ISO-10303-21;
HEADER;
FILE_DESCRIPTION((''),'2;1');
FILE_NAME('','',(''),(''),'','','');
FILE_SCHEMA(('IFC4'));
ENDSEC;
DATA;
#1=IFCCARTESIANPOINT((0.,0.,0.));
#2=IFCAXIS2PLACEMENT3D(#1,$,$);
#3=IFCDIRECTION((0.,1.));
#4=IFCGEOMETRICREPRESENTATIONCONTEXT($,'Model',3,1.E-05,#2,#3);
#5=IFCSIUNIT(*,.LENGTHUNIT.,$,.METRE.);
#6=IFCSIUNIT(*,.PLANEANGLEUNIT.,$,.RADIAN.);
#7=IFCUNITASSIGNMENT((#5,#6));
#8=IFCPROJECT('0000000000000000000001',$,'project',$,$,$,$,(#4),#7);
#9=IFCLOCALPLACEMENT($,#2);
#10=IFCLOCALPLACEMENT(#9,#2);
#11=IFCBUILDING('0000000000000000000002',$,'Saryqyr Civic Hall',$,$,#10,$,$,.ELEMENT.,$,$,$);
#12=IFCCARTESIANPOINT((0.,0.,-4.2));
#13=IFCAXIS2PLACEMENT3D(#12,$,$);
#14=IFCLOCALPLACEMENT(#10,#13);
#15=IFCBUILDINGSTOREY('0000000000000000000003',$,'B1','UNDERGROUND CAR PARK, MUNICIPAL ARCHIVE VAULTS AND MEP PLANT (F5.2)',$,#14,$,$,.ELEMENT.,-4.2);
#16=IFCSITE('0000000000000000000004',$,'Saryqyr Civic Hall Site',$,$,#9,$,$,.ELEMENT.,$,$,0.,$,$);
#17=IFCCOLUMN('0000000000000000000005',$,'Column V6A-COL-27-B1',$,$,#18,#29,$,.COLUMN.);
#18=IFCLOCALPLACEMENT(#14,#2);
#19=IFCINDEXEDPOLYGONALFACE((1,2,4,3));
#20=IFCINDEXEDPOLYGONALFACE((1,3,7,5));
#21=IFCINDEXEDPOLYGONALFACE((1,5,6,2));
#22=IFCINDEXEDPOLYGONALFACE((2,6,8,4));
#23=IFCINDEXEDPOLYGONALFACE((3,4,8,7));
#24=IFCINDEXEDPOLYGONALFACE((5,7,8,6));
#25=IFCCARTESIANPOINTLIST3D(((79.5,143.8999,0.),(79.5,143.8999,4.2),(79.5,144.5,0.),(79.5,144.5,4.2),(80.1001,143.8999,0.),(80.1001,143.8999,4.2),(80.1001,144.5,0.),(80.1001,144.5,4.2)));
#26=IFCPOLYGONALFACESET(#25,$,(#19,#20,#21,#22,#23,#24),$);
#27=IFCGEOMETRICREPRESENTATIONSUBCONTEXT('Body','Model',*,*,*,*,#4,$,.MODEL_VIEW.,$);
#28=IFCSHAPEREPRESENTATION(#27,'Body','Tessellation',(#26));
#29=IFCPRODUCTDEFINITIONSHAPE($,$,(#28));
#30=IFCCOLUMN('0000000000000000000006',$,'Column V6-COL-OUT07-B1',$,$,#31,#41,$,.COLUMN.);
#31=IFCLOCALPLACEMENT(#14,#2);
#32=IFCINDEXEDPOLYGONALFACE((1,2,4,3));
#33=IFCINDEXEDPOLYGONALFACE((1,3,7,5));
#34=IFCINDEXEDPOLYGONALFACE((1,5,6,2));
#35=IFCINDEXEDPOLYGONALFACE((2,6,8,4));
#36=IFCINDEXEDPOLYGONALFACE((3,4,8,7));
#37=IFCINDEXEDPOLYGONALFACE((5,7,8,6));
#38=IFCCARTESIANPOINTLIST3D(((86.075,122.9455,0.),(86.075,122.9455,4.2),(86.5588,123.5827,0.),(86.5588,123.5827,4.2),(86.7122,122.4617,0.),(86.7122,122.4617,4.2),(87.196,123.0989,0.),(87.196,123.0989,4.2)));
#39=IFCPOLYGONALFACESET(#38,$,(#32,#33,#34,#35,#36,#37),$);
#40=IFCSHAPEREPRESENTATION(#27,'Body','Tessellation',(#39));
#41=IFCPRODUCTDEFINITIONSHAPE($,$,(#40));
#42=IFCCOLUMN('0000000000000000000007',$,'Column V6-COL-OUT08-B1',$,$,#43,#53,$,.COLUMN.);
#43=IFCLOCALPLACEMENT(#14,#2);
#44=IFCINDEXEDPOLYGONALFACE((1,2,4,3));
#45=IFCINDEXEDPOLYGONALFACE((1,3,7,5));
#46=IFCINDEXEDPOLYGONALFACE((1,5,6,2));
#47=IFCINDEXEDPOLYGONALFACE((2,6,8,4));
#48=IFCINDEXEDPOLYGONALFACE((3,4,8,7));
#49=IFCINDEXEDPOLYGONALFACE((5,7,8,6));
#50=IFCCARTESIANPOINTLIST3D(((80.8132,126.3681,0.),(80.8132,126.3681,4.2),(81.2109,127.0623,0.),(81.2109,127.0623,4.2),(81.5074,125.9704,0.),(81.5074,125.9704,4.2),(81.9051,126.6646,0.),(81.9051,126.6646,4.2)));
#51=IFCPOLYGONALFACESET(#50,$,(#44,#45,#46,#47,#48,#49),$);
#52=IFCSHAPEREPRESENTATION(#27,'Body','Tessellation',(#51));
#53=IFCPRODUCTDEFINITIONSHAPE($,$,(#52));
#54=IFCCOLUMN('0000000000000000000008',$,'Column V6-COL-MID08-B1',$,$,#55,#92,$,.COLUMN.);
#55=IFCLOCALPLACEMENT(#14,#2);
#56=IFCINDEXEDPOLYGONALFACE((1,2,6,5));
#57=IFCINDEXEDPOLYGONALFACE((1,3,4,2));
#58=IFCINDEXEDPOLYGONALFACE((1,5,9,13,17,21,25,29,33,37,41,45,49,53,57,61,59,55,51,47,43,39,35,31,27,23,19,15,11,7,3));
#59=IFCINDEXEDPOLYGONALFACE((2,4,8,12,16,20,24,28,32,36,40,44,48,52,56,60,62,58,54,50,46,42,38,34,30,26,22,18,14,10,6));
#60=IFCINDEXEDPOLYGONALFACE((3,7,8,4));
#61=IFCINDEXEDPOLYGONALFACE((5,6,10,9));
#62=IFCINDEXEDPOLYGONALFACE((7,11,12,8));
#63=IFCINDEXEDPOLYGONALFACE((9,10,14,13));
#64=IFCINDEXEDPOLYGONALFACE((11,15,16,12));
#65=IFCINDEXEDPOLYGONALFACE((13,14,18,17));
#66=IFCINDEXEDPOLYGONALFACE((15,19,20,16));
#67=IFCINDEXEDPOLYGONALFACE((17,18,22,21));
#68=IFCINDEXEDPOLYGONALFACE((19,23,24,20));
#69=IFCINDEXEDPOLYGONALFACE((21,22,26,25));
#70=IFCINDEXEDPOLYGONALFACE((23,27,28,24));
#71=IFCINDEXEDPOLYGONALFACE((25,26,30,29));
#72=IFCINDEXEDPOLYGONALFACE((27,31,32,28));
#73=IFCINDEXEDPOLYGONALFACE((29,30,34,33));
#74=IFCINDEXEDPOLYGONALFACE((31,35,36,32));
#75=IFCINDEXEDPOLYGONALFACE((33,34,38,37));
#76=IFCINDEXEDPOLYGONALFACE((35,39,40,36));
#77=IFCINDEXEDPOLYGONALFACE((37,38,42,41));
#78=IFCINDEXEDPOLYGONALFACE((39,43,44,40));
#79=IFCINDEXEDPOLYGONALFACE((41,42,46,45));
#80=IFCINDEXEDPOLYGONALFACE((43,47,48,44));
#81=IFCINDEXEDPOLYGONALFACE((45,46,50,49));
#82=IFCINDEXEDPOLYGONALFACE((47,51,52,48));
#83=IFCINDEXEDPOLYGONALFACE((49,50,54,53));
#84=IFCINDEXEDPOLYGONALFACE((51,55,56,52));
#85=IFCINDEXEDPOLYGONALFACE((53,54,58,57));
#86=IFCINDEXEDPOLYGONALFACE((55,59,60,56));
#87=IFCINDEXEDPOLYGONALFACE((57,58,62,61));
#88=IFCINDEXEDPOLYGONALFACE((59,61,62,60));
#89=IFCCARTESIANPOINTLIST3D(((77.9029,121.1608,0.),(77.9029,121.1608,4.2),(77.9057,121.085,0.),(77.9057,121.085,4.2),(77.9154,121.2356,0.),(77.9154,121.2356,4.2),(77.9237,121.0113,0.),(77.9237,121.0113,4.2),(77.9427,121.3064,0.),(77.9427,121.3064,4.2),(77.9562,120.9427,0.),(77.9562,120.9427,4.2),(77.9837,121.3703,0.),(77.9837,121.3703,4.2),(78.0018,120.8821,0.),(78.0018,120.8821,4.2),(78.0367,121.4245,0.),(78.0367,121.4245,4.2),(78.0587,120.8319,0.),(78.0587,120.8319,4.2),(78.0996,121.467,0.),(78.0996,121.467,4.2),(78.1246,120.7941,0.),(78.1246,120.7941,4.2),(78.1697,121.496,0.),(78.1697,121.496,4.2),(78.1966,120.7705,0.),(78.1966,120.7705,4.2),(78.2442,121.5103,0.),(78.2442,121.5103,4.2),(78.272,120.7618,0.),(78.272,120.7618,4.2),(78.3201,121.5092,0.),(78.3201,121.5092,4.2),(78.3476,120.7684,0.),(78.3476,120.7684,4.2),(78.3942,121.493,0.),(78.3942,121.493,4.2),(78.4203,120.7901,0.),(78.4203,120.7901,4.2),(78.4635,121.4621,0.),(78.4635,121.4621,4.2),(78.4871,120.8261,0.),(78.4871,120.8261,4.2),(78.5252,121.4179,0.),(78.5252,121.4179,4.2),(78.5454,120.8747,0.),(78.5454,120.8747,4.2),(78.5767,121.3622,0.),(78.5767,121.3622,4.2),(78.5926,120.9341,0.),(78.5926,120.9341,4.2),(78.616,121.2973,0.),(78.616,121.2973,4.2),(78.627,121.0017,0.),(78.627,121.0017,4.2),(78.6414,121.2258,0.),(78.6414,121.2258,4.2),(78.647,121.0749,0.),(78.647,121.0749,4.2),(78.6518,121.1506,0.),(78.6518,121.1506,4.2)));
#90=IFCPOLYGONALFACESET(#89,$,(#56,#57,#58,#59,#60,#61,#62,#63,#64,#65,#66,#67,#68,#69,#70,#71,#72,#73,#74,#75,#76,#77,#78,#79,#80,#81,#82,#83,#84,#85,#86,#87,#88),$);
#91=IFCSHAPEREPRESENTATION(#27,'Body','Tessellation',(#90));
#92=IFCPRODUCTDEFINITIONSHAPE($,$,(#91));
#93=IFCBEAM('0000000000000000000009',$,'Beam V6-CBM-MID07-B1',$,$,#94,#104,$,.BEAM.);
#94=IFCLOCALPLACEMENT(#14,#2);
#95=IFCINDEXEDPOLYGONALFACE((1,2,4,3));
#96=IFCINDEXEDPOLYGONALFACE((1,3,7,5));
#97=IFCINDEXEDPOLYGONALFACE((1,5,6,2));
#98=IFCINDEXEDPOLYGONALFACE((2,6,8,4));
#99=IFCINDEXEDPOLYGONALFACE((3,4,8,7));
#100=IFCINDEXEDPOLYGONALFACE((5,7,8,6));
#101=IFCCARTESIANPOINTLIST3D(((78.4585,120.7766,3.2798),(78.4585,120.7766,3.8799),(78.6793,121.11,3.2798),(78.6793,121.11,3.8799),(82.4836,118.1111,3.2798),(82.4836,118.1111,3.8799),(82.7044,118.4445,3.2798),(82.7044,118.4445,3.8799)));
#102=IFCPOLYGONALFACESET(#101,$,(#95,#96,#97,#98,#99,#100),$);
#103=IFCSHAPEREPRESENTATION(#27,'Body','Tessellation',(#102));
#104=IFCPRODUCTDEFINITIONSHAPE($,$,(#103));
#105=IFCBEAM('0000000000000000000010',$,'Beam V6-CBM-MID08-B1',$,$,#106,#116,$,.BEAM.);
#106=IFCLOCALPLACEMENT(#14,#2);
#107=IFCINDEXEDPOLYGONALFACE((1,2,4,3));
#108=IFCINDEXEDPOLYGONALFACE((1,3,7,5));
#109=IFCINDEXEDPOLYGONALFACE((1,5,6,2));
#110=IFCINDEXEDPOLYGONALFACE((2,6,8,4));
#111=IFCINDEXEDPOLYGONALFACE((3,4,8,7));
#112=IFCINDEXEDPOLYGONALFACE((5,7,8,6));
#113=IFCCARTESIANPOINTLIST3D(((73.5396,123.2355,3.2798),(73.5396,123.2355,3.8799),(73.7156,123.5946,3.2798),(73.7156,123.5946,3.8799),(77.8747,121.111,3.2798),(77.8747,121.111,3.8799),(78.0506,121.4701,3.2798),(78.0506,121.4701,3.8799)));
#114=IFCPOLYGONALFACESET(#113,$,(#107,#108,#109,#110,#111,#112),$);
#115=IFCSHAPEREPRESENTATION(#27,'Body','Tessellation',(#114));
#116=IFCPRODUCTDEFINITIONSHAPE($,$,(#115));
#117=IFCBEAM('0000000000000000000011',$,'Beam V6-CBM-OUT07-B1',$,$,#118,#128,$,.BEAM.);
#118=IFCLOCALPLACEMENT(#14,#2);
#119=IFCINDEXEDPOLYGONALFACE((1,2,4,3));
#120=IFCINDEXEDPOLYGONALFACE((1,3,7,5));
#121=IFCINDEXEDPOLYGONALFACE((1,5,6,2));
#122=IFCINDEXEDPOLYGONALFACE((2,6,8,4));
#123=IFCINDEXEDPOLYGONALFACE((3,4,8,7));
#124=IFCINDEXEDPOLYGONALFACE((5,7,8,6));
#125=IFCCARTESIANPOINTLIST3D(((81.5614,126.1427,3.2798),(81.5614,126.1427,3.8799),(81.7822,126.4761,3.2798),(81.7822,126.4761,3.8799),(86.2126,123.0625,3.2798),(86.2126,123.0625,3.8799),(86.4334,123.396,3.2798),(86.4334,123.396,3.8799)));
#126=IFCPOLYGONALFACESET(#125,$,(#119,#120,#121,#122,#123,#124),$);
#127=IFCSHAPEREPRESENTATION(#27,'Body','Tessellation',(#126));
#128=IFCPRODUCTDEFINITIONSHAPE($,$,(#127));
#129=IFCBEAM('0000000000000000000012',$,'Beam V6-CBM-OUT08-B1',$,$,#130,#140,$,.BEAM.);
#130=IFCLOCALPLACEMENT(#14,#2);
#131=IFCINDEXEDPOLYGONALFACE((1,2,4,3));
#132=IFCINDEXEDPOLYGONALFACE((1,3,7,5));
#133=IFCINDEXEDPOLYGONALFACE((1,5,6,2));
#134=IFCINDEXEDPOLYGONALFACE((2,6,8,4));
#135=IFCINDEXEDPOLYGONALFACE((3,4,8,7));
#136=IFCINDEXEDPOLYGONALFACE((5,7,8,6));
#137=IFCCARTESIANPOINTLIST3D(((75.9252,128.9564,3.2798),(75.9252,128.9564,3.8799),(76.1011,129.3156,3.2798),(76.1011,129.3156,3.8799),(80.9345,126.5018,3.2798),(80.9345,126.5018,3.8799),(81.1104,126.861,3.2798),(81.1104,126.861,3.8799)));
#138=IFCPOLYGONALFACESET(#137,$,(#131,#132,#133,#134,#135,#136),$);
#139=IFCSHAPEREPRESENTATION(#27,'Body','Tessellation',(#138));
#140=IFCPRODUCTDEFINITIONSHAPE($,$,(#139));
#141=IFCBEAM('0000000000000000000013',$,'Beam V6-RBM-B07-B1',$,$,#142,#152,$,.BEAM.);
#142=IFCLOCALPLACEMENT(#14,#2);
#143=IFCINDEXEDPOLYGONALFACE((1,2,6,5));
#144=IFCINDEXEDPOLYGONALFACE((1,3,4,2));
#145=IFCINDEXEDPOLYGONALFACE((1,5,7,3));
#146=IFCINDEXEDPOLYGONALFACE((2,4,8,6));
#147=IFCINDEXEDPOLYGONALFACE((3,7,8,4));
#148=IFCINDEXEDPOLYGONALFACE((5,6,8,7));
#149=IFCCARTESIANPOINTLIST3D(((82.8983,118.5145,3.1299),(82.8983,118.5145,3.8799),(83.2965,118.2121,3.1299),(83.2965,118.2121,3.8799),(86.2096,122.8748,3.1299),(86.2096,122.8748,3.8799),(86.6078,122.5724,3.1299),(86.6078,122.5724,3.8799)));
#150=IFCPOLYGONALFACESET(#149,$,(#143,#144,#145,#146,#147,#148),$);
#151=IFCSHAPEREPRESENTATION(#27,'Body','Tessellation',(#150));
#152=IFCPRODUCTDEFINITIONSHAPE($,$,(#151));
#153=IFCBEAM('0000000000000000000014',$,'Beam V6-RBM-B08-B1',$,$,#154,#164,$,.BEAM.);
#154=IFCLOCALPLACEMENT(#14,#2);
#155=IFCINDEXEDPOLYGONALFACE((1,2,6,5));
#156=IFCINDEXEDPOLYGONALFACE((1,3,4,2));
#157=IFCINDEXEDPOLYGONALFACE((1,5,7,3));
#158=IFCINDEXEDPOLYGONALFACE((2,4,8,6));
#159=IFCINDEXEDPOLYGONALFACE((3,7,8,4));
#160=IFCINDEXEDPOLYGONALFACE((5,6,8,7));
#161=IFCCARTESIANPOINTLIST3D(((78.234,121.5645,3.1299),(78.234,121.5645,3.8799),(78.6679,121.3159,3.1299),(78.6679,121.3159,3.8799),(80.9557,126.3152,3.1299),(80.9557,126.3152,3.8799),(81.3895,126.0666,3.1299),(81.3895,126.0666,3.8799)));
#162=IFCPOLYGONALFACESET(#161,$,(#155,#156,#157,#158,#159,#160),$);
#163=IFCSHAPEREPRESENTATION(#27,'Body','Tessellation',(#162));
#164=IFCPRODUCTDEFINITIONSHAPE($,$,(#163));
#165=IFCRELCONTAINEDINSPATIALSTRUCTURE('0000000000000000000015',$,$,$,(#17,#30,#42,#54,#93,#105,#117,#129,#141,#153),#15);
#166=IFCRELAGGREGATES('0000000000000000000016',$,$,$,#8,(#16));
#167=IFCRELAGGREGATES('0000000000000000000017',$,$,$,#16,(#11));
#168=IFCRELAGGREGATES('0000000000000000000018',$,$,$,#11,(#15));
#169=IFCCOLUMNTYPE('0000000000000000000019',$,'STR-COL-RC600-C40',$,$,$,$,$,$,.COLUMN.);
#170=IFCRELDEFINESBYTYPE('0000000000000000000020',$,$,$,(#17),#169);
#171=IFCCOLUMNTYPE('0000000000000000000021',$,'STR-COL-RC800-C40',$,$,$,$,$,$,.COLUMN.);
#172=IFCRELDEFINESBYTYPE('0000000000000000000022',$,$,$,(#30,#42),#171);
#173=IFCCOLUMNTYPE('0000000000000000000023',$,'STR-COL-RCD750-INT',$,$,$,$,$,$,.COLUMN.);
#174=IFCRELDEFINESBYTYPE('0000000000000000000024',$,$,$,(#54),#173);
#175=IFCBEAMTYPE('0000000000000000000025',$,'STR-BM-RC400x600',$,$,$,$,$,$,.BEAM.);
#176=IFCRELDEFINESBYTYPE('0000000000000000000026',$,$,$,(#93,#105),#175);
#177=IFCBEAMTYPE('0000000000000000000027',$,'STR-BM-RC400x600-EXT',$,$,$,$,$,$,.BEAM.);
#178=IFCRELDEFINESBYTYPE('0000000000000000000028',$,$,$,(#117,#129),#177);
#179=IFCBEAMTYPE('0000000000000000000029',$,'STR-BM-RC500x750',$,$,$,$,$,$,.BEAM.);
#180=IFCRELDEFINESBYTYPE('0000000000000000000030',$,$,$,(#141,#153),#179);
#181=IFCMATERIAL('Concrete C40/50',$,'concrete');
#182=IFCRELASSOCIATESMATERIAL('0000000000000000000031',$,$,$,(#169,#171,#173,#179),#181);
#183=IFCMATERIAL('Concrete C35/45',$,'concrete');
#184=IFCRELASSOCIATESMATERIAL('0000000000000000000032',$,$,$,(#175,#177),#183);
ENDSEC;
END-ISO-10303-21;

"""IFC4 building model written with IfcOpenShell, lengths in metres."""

from ifc_helpers import new_model, si_unit, direction, frame, origin, origin_2d, place, context, subcontext, project, spatial, rectangle, circle, extrude, material, material_profile, profile_set, type_object, element, save


model = new_model("IFC4")

# Units and contexts
model_context = context("Model", 3, precision=1e-05, world=origin(), true_north=direction((0.0, 1.0)))
body_context = subcontext(model_context, "Body", "Model", "MODEL_VIEW")
ifc_project = project(units=[si_unit("LENGTHUNIT", "METRE"), si_unit("PLANEANGLEUNIT", "RADIAN")], contexts=[model_context])

# Site, building, storey
site_placement = place(None, origin())
site = spatial("IfcSite", under=ifc_project, at=site_placement, Name="Saryqyr Civic Hall Site", CompositionType="ELEMENT", RefElevation=0.0)
building_placement = place(site_placement, origin())
building = spatial("IfcBuilding", under=site, at=building_placement, Name="Saryqyr Civic Hall", CompositionType="ELEMENT")
storey_placement = place(building_placement, frame((0.0, 0.0, -4.2)))
storey = spatial("IfcBuildingStorey", under=building, at=storey_placement, Name="B1", Description="UNDERGROUND CAR PARK, MUNICIPAL ARCHIVE VAULTS AND MEP PLANT (F5.2)", CompositionType="ELEMENT", Elevation=-4.2)

# Shared definitions
ifc_material_1 = material(Name="Concrete C35/45", Category="concrete")

# Columns
ifc_material_2 = material(Name="Concrete C40/50", Category="concrete")
ifc_material_profile_1 = material_profile(ifc_material_2, rectangle(XDim=0.6001, YDim=0.6001, at=origin_2d()), Name="RC 600x600")
ifc_profile_set_1 = profile_set([ifc_material_profile_1], Name="Concrete C40/50")
column_type_1 = type_object("IfcColumnType", Name="STR-COL-RC600-C40", PredefinedType="COLUMN", material=ifc_profile_set_1)
for number, where, z_axis, x_axis, name in (
    (1, (79.8, 144.2, 0.0), (0.0, 0.0, 1.0), (1.0, 0.0, 0.0), "Column V6A-COL-27-B1"),
):
    element("IfcColumn", number, at=place(storey_placement, frame(where, z_axis=z_axis, x_axis=x_axis)), inside=storey, type_object=column_type_1, Name=name, PredefinedType="COLUMN", context=body_context, shape_type="SweptSolid", body=[
        extrude(rectangle(XDim=0.6001, YDim=0.6001, at=origin_2d()), origin(), (0.0, 0.0, 1.0), 4.2),
    ])
ifc_material_profile_2 = material_profile(ifc_material_2, rectangle(XDim=0.8, YDim=0.8, at=origin_2d()), Name="RC 800x800")
ifc_profile_set_2 = profile_set([ifc_material_profile_2], Name="Concrete C40/50")
column_type_2 = type_object("IfcColumnType", Name="STR-COL-RC800-C40", PredefinedType="COLUMN", material=ifc_profile_set_2)
for number, where, z_axis, x_axis, name in (
    (2, (86.6355, 123.0222, 0.0), (0.0, 0.0, 1.0), (0.604738, 0.796424, 0.0), "Column V6-COL-OUT07-B1"),
    (3, (81.3591, 126.5164, 0.0), (0.0, 0.0, 1.0), (0.497125, 0.867679, 0.0), "Column V6-COL-OUT08-B1"),
):
    element("IfcColumn", number, at=place(storey_placement, frame(where, z_axis=z_axis, x_axis=x_axis)), inside=storey, type_object=column_type_2, Name=name, PredefinedType="COLUMN", context=body_context, shape_type="SweptSolid", body=[
        extrude(rectangle(XDim=0.8, YDim=0.8, at=origin_2d()), origin(), (0.0, 0.0, 1.0), 4.2),
    ])
ifc_material_profile_3 = material_profile(ifc_material_2, circle(Radius=0.375, at=origin_2d()), Name="RC D750")
ifc_profile_set_3 = profile_set([ifc_material_profile_3], Name="Concrete C40/50")
column_type_3 = type_object("IfcColumnType", Name="STR-COL-RCD750-INT", PredefinedType="COLUMN", material=ifc_profile_set_3)
for number, where, z_axis, x_axis, name in (
    (4, (78.2771, 121.1367, 0.0), (0.0, 0.0, 1.0), (0.497125, 0.867679, 0.0), "Column V6-COL-MID08-B1"),
):
    element("IfcColumn", number, at=place(storey_placement, frame(where, z_axis=z_axis, x_axis=x_axis)), inside=storey, type_object=column_type_3, Name=name, PredefinedType="COLUMN", context=body_context, shape_type="SweptSolid", body=[
        extrude(circle(Radius=0.375, at=origin_2d()), origin(), (0.0, 0.0, 1.0), 4.2),
    ])

# Beams
ifc_material_profile_4 = material_profile(ifc_material_1, rectangle(XDim=0.3999, YDim=0.6001, at=origin_2d()), Name="RC 400x600")
ifc_profile_set_4 = profile_set([ifc_material_profile_4], Name="Concrete C35/45")
beam_type_1 = type_object("IfcBeamType", Name="STR-BM-RC400x600", PredefinedType="BEAM", material=ifc_profile_set_4)
for number, where, z_axis, x_axis, name in (
    (5, (82.594, 118.2778, 3.5798), (-0.833758, 0.55213, 0.0), (-0.55213, -0.833758, 0.0), "Beam V6-CBM-MID07-B1"),
    (6, (77.9626, 121.2905, 3.5798), (-0.897959, 0.440079, 0.0), (-0.440079, -0.897959, 0.0), "Beam V6-CBM-MID08-B1"),
):
    element("IfcBeam", number, at=place(storey_placement, frame(where, z_axis=z_axis, x_axis=x_axis)), inside=storey, type_object=beam_type_1, Name=name, PredefinedType="BEAM", context=body_context, shape_type="SweptSolid", body=[
        extrude(rectangle(XDim=0.3999, YDim=0.6001, at=origin_2d()), origin(), (0.0, 0.0, 1.0), 4.8276),
    ])
ifc_material_profile_5 = material_profile(ifc_material_1, rectangle(XDim=0.3999, YDim=0.6001, at=origin_2d()), Name="RC 400x600")
ifc_profile_set_5 = profile_set([ifc_material_profile_5], Name="Concrete C35/45")
beam_type_2 = type_object("IfcBeamType", Name="STR-BM-RC400x600-EXT", PredefinedType="BEAM", material=ifc_profile_set_5)
beam_1_placement = place(storey_placement, frame((86.323, 123.2292, 3.5798), z_axis=(-0.833757, 0.552132, 0.0), x_axis=(-0.552132, -0.833757, 0.0)))
element("IfcBeam", 7, at=beam_1_placement, inside=storey, type_object=beam_type_2, Name="Beam V6-CBM-OUT07-B1", PredefinedType="BEAM", context=body_context, shape_type="SweptSolid", body=[
    extrude(rectangle(XDim=0.3999, YDim=0.6001, at=origin_2d()), origin(), (0.0, 0.0, 1.0), 5.5786),
])
beam_2_placement = place(storey_placement, frame((81.0225, 126.6814, 3.5798), z_axis=(-0.897987, 0.440022, 0.0), x_axis=(-0.440022, -0.897987, 0.0)))
element("IfcBeam", 8, at=beam_2_placement, inside=storey, type_object=beam_type_2, Name="Beam V6-CBM-OUT08-B1", PredefinedType="BEAM", context=body_context, shape_type="SweptSolid", body=[
    extrude(rectangle(XDim=0.3999, YDim=0.6001, at=origin_2d()), origin(), (0.0, 0.0, 1.0), 5.5784),
])
ifc_material_profile_6 = material_profile(ifc_material_2, rectangle(XDim=0.5, YDim=0.75, at=origin_2d()), Name="RC 500x750")
ifc_profile_set_6 = profile_set([ifc_material_profile_6], Name="Concrete C40/50")
beam_type_3 = type_object("IfcBeamType", Name="STR-BM-RC500x750", PredefinedType="BEAM", material=ifc_profile_set_6)
for number, where, z_axis, x_axis, name in (
    (9, (83.0974, 118.3633, 3.5049), (0.604784, 0.79639, 0.0), (-0.79639, 0.604784, 0.0), "Beam V6-RBM-B07-B1"),
    (10, (78.4509, 121.4402, 3.5049), (0.497099, 0.867694, 0.0), (-0.867694, 0.497099, 0.0), "Beam V6-RBM-B08-B1"),
):
    element("IfcBeam", number, at=place(storey_placement, frame(where, z_axis=z_axis, x_axis=x_axis)), inside=storey, type_object=beam_type_3, Name=name, PredefinedType="BEAM", context=body_context, shape_type="SweptSolid", body=[
        extrude(rectangle(XDim=0.5, YDim=0.75, at=origin_2d()), origin(), (0.0, 0.0, 1.0), 5.4751),
    ])

save(model, "model.ifc")
